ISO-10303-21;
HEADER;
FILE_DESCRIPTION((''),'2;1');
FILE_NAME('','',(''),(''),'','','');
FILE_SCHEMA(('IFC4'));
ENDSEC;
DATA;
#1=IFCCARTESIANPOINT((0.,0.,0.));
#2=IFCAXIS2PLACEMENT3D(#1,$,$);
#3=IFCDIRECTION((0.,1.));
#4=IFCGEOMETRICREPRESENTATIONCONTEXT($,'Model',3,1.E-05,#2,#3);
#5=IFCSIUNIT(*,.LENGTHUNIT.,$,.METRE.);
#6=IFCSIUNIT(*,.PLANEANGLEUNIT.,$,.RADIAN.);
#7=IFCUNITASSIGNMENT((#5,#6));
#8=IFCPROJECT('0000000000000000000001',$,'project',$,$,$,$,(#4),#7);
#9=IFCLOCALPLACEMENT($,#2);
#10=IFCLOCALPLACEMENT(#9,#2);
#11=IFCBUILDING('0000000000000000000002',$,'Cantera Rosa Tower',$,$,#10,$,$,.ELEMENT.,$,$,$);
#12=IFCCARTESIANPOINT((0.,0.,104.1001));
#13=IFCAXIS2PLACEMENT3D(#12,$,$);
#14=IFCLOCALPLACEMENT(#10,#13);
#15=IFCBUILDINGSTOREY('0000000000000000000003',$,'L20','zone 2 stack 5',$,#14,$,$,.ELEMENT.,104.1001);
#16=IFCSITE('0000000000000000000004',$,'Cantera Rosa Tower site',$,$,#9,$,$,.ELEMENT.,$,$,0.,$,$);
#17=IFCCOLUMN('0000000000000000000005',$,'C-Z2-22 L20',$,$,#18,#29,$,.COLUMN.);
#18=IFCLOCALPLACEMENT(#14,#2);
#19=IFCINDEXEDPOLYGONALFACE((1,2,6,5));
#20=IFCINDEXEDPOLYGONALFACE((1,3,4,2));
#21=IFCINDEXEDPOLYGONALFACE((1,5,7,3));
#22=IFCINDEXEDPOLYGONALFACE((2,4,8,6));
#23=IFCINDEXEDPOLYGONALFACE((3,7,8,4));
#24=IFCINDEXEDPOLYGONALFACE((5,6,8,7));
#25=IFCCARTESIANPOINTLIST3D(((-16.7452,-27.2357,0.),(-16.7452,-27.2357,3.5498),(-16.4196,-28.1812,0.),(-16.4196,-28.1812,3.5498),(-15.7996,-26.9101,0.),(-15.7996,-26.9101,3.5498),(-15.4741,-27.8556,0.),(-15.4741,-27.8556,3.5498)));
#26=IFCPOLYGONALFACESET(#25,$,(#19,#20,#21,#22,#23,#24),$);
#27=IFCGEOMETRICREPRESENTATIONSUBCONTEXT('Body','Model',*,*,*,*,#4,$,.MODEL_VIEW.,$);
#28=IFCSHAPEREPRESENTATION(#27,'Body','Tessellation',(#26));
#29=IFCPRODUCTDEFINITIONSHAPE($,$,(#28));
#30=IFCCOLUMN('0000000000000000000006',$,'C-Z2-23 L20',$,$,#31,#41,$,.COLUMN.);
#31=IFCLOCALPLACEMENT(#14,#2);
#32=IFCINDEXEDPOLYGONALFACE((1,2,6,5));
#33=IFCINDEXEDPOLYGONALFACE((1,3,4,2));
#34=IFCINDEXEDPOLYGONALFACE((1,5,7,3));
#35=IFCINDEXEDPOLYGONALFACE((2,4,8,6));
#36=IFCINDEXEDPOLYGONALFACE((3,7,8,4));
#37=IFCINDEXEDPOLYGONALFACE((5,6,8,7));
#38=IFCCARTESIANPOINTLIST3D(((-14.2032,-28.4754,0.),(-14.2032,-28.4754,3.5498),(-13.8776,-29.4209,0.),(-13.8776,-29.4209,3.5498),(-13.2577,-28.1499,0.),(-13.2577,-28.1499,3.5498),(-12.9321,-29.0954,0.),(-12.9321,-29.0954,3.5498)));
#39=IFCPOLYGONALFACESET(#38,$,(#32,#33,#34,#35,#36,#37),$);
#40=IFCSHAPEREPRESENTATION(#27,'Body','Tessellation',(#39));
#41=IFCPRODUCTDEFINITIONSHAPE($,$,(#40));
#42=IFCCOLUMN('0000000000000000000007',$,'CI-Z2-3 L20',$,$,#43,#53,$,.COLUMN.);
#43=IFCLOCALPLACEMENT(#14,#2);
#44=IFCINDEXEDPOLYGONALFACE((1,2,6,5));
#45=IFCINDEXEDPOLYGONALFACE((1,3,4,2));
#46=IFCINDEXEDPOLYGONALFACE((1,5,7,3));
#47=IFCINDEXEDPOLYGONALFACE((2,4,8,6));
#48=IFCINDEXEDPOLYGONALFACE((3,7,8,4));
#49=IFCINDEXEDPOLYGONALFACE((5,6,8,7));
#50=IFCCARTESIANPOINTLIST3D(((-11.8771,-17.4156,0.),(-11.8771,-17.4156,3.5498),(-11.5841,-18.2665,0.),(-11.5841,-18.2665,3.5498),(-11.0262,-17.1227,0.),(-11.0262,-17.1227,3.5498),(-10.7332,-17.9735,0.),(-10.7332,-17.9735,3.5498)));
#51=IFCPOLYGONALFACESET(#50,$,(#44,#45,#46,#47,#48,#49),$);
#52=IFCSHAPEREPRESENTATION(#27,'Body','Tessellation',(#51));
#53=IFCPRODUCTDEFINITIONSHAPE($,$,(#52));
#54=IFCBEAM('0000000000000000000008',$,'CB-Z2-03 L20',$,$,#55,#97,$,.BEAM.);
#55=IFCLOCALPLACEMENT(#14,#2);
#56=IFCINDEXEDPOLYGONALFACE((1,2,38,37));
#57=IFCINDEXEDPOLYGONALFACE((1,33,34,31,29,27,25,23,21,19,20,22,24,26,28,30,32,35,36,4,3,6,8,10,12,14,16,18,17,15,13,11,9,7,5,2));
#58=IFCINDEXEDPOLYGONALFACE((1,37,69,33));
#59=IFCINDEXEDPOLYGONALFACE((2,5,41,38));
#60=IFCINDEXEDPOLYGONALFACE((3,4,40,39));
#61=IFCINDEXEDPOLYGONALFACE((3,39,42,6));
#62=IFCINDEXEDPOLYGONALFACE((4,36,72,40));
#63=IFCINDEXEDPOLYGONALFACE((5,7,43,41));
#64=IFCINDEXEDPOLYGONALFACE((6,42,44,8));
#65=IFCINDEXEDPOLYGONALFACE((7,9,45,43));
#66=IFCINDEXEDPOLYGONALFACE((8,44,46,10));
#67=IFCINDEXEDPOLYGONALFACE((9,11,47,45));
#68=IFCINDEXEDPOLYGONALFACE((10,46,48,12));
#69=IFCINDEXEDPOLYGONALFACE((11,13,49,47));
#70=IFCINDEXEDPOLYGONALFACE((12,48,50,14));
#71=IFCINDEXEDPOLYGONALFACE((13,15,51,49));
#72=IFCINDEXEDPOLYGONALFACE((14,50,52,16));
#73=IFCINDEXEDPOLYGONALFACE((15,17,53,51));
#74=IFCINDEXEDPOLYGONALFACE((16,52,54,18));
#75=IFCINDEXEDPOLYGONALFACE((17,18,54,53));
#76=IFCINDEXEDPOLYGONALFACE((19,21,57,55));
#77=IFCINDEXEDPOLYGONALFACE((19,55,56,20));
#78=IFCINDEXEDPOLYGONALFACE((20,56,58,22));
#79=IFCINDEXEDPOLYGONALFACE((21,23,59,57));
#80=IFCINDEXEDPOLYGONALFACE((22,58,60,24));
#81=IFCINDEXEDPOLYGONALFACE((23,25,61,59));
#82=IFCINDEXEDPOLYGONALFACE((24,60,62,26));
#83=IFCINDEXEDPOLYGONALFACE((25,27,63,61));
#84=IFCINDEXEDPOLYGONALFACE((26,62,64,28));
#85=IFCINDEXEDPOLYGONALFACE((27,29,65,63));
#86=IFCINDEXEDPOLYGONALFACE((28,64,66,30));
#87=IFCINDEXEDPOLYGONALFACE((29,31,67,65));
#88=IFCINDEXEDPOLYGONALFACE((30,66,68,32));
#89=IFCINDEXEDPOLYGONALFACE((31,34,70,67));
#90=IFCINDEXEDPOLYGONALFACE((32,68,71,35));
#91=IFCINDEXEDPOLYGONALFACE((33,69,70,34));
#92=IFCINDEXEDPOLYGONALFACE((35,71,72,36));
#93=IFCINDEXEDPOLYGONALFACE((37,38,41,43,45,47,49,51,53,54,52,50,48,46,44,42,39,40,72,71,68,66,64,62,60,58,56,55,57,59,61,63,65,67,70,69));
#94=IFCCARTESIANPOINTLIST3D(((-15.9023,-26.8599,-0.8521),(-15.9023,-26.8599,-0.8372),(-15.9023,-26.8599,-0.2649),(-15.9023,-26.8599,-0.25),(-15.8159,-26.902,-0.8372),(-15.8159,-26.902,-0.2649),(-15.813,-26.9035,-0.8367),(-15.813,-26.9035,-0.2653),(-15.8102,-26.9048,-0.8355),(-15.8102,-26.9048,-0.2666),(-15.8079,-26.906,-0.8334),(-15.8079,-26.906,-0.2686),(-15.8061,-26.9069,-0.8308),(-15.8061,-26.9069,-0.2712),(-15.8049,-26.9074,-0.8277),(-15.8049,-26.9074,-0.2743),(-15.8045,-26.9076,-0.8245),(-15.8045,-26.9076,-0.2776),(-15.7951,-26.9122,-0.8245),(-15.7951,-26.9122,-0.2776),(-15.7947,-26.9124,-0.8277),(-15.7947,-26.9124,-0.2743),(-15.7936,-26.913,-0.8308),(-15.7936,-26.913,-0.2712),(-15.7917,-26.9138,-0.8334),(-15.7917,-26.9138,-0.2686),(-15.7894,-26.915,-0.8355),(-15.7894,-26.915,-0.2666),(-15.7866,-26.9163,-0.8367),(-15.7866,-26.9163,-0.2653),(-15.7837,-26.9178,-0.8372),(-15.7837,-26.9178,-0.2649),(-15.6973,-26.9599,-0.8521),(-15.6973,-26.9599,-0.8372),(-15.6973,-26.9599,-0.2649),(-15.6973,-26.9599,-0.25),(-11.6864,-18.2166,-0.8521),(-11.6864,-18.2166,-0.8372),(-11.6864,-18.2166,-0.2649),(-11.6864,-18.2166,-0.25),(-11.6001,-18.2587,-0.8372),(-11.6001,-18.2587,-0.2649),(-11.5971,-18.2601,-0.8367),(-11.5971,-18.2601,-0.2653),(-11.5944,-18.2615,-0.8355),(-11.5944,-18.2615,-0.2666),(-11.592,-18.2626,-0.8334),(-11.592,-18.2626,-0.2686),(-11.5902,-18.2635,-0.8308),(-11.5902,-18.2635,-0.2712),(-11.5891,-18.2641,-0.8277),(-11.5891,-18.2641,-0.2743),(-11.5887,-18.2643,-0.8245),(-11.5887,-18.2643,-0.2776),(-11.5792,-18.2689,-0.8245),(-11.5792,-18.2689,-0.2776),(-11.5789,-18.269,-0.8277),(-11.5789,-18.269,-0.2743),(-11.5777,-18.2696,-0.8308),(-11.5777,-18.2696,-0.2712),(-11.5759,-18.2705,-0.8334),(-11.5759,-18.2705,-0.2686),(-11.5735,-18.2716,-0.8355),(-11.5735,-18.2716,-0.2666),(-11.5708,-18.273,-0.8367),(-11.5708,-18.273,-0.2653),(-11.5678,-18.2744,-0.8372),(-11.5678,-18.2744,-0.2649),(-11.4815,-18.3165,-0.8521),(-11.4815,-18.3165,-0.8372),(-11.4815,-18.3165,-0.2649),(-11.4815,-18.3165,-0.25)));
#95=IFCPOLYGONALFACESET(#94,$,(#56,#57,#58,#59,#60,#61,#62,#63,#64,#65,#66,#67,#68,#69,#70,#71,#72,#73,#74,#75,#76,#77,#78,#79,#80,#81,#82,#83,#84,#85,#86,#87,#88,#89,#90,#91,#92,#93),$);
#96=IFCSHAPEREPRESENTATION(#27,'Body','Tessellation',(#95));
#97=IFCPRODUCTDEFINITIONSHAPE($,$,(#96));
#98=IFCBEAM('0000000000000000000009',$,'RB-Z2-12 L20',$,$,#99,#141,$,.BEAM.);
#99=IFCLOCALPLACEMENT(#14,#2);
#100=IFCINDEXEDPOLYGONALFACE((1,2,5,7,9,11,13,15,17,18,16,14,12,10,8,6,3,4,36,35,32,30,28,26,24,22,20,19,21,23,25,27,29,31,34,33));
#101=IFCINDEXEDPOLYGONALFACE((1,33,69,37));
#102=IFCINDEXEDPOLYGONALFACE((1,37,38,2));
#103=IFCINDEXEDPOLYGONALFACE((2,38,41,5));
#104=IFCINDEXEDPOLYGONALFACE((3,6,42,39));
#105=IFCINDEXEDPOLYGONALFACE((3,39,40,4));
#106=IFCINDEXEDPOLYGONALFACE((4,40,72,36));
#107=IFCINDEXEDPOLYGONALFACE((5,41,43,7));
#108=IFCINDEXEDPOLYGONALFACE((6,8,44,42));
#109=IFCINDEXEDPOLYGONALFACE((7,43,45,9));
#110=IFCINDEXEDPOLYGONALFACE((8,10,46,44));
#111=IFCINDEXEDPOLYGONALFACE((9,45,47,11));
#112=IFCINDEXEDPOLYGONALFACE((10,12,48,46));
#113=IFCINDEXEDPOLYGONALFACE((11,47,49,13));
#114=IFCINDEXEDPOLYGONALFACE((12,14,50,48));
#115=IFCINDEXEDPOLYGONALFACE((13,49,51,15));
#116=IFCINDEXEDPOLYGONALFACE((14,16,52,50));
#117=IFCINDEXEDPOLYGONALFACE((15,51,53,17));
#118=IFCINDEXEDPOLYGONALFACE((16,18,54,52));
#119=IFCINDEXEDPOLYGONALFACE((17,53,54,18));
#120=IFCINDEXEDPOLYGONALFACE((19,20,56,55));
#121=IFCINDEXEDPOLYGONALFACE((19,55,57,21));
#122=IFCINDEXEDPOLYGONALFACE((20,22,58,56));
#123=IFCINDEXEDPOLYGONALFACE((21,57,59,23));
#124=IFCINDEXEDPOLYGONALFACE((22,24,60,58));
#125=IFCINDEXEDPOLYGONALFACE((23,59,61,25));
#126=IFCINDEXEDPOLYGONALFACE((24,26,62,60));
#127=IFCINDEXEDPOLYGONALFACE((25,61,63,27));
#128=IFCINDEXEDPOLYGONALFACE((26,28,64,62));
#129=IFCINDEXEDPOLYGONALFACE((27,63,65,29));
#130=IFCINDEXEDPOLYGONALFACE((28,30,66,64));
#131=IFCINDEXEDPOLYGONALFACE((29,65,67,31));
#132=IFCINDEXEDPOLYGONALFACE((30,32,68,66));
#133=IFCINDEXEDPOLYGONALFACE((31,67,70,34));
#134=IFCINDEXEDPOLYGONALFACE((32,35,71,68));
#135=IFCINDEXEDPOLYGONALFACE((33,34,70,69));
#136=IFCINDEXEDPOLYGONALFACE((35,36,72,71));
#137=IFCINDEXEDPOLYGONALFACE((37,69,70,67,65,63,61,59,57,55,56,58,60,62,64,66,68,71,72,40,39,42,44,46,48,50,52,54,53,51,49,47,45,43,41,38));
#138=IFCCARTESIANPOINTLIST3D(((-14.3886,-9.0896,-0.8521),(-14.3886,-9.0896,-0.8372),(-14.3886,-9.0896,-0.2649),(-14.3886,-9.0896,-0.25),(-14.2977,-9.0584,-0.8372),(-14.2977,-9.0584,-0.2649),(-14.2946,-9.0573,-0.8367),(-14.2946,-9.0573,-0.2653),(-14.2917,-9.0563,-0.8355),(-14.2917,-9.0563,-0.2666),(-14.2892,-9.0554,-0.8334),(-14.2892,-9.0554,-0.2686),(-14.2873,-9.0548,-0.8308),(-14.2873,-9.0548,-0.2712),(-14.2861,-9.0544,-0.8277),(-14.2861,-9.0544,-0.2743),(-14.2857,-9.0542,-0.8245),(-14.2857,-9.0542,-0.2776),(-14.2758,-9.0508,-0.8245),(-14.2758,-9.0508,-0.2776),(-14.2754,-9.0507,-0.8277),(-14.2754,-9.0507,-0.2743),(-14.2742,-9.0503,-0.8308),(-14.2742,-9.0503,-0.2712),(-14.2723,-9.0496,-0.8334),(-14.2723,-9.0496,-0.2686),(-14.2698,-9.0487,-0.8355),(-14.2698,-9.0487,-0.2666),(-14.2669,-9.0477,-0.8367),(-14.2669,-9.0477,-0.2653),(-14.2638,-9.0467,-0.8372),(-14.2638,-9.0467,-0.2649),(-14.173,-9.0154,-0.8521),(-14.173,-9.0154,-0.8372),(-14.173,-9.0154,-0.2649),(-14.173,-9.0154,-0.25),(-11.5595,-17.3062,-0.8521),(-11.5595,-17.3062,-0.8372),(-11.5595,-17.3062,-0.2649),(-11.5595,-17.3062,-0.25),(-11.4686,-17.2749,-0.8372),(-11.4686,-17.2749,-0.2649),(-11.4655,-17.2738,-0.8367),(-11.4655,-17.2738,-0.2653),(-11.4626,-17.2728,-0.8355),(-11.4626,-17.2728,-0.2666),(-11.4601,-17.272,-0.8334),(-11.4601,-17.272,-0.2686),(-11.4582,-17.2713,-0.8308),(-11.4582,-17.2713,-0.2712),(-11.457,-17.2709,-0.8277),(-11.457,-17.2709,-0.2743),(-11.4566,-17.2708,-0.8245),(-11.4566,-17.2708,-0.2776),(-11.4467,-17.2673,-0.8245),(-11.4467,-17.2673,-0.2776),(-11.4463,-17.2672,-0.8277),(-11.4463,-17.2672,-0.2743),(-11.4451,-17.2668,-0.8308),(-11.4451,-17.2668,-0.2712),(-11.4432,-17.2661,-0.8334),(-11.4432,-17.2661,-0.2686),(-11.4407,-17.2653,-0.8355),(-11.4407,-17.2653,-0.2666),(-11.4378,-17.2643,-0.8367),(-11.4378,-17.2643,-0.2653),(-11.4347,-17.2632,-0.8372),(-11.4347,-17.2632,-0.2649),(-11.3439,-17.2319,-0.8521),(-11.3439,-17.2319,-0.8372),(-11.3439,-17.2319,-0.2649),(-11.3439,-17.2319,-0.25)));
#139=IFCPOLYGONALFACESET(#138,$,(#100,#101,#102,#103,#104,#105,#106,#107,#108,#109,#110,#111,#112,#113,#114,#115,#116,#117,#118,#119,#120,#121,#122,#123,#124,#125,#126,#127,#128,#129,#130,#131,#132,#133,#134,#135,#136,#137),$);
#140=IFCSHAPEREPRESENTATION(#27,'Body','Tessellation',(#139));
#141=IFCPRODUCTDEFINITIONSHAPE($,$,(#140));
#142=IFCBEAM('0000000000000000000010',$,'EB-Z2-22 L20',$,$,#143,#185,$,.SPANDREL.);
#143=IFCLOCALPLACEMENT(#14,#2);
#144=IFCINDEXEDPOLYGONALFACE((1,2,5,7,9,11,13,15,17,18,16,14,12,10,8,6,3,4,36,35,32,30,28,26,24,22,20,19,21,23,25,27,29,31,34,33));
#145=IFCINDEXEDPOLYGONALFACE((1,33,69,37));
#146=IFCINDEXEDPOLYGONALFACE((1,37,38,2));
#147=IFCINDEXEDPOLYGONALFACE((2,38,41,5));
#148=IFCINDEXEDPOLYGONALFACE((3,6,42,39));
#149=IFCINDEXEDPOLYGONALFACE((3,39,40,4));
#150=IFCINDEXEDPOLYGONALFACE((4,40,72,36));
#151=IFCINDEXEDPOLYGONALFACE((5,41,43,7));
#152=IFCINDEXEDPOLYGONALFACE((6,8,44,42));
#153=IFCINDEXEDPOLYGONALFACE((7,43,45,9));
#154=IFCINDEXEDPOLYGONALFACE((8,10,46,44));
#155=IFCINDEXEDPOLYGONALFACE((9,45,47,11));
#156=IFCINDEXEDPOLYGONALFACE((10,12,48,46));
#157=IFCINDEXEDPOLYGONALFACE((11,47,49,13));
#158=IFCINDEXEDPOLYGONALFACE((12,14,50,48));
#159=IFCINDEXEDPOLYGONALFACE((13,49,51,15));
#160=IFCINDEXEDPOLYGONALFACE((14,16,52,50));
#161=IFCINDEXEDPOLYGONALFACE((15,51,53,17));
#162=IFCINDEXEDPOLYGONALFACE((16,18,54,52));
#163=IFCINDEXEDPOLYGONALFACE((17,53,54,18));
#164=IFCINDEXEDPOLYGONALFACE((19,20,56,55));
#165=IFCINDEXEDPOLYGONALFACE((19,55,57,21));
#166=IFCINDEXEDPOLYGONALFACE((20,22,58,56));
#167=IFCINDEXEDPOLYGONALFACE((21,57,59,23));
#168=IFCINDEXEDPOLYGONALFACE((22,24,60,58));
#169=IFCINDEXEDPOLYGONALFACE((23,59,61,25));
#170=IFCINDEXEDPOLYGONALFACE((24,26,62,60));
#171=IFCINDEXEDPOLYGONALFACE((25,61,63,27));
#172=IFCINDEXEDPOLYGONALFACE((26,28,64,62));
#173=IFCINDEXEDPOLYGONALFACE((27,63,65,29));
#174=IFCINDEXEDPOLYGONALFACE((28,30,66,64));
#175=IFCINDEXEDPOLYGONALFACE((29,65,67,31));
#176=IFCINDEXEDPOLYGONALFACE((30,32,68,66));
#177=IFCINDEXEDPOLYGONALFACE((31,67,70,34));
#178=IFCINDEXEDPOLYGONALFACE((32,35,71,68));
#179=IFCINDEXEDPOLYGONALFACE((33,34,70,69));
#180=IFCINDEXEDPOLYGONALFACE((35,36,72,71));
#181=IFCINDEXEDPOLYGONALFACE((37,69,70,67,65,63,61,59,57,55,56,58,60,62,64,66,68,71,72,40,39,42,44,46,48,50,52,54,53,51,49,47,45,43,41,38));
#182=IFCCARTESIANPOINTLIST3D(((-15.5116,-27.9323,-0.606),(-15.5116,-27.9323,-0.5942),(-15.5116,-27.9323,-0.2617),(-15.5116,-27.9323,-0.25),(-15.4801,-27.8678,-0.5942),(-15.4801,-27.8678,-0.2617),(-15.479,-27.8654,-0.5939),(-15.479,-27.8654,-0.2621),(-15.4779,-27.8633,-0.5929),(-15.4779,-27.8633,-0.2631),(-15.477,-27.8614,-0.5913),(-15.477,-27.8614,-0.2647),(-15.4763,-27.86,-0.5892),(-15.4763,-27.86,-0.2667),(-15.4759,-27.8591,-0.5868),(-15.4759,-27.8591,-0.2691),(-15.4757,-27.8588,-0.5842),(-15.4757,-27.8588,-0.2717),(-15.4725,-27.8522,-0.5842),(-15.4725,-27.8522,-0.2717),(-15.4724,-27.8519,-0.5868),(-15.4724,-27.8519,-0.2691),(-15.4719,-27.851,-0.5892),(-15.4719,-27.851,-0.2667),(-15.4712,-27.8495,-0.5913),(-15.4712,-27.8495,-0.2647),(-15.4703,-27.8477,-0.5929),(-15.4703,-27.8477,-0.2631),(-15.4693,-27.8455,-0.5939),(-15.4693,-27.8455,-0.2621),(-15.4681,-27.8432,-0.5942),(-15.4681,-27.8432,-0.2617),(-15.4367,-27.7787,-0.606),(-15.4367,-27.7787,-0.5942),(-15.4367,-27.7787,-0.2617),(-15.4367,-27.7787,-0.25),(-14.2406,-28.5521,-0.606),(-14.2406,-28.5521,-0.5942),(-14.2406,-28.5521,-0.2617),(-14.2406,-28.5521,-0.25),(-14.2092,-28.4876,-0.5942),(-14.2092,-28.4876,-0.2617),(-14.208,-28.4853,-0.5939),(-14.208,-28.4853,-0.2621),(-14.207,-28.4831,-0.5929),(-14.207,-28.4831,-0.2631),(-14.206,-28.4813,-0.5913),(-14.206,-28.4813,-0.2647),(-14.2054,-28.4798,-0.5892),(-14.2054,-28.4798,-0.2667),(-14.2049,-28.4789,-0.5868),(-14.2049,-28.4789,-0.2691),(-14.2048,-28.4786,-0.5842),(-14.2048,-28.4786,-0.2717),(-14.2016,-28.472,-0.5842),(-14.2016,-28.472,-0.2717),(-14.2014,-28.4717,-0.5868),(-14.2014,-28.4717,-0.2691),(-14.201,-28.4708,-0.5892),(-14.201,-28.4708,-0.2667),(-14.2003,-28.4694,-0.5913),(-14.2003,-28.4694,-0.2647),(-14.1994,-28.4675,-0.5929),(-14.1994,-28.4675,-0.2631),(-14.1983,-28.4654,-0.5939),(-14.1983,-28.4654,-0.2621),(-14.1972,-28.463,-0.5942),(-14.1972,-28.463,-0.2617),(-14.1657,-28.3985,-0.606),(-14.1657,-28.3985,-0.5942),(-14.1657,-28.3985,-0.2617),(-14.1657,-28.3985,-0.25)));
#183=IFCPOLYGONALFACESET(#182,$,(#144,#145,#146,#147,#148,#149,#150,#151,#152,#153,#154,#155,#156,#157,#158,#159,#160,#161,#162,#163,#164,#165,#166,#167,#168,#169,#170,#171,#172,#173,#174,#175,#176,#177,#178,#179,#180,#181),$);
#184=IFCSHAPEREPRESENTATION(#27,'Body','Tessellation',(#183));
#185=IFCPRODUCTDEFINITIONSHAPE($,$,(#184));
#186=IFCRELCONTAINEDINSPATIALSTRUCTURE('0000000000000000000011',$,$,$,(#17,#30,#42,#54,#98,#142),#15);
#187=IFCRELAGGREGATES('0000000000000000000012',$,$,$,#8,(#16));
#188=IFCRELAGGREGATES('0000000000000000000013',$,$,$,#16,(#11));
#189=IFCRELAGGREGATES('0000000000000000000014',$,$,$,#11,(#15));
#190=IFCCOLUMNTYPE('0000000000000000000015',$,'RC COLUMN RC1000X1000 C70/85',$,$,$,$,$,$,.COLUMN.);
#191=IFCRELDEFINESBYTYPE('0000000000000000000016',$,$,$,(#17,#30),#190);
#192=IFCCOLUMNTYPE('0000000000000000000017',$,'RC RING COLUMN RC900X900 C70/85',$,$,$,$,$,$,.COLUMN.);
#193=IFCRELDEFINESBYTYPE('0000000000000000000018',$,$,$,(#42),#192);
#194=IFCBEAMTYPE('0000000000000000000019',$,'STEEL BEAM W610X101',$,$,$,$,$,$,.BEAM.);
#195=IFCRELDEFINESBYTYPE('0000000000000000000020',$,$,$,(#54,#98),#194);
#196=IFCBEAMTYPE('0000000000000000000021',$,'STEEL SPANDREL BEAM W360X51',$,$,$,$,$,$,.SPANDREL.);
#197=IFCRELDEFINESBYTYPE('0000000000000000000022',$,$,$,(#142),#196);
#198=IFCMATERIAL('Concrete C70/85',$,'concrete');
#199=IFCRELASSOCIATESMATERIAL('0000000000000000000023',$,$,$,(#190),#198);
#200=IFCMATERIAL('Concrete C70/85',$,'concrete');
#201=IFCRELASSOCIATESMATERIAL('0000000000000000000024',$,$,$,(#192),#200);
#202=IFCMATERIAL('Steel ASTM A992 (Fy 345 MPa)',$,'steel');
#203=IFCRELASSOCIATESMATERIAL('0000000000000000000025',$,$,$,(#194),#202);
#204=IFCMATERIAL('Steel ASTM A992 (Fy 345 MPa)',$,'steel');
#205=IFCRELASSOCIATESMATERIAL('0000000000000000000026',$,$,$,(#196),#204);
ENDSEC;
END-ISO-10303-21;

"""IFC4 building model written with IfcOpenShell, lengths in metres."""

from ifc_helpers import new_model, si_unit, direction, frame, origin, origin_2d, place, context, subcontext, project, spatial, rectangle, i_section, extrude, material, material_profile, profile_set, type_object, element, save


model = new_model("IFC4")

# Units and contexts
model_context = context("Model", 3, precision=1e-05, world=origin(), true_north=direction((0.0, 1.0)))
body_context = subcontext(model_context, "Body", "Model", "MODEL_VIEW")
ifc_project = project(units=[si_unit("LENGTHUNIT", "METRE"), si_unit("PLANEANGLEUNIT", "RADIAN")], contexts=[model_context])

# Site, building, storey
site_placement = place(None, origin())
site = spatial("IfcSite", under=ifc_project, at=site_placement, Name="Cantera Rosa Tower site", CompositionType="ELEMENT", RefElevation=0.0)
building_placement = place(site_placement, origin())
building = spatial("IfcBuilding", under=site, at=building_placement, Name="Cantera Rosa Tower", CompositionType="ELEMENT")
storey_placement = place(building_placement, frame((0.0, 0.0, 104.1001)))
storey = spatial("IfcBuildingStorey", under=building, at=storey_placement, Name="L20", Description="zone 2 stack 5", CompositionType="ELEMENT", Elevation=104.1001)

# Columns
ifc_material_1 = material(Name="Concrete C70/85", Category="concrete")
ifc_material_profile_1 = material_profile(ifc_material_1, rectangle(XDim=1.0, YDim=1.0, at=origin_2d()), Name="RC COLUMN RC1000X1000 C70/85")
ifc_profile_set_1 = profile_set([ifc_material_profile_1], Name="Concrete C70/85")
column_type_1 = type_object("IfcColumnType", Name="RC COLUMN RC1000X1000 C70/85", PredefinedType="COLUMN", material=ifc_profile_set_1)
for number, where, z_axis, x_axis, name in (
    (1, (-16.1096, -27.5457, 0.0), (0.0, 0.0, 1.0), (0.945519, 0.325568, 0.0), "C-Z2-22 L20"),
    (2, (-13.5676, -28.7854, 0.0), (0.0, 0.0, 1.0), (0.945519, 0.325568, 0.0), "C-Z2-23 L20"),
):
    element("IfcColumn", number, at=place(storey_placement, frame(where, z_axis=z_axis, x_axis=x_axis)), inside=storey, type_object=column_type_1, Name=name, PredefinedType="COLUMN", context=body_context, shape_type="SweptSolid", body=[
        extrude(rectangle(XDim=1.0, YDim=1.0, at=origin_2d()), origin(), (0.0, 0.0, 1.0), 3.5498),
    ])
ifc_material_2 = material(Name="Concrete C70/85", Category="concrete")
ifc_material_profile_2 = material_profile(ifc_material_2, rectangle(XDim=0.8999, YDim=0.8999, at=origin_2d()), Name="RC RING COLUMN RC900X900 C70/85")
ifc_profile_set_2 = profile_set([ifc_material_profile_2], Name="Concrete C70/85")
column_type_2 = type_object("IfcColumnType", Name="RC RING COLUMN RC900X900 C70/85", PredefinedType="COLUMN", material=ifc_profile_set_2)
column_placement = place(storey_placement, frame((-11.3052, -17.6946, 0.0), z_axis=(0.0, 0.0, 1.0), x_axis=(0.945519, 0.325568, 0.0)))
element("IfcColumn", 3, at=column_placement, inside=storey, type_object=column_type_2, Name="CI-Z2-3 L20", PredefinedType="COLUMN", context=body_context, shape_type="SweptSolid", body=[
    extrude(rectangle(XDim=0.8999, YDim=0.8999, at=origin_2d()), origin(), (0.0, 0.0, 1.0), 3.5498),
])

# Beams
ifc_material_3 = material(Name="Steel ASTM A992 (Fy 345 MPa)", Category="steel")
ifc_material_profile_3 = material_profile(ifc_material_3, i_section(OverallWidth=0.228, OverallDepth=0.6021, WebThickness=0.0105, FlangeThickness=0.0149, FilletRadius=0.0127, at=origin_2d()), Name="W610X101")
ifc_profile_set_3 = profile_set([ifc_material_profile_3], Name="Steel ASTM A992 (Fy 345 MPa)")
beam_type_1 = type_object("IfcBeamType", Name="STEEL BEAM W610X101", PredefinedType="BEAM", material=ifc_profile_set_3)
beam_1_placement = place(storey_placement, frame((-15.7998, -26.9099, -0.551), z_axis=(0.438388, 0.898786, 0.0), x_axis=(-0.898786, 0.438388, 0.0)))
element("IfcBeam", 4, at=beam_1_placement, inside=storey, type_object=beam_type_1, Name="CB-Z2-03 L20", PredefinedType="BEAM", context=body_context, shape_type="SweptSolid", body=[
    extrude(i_section(OverallWidth=0.228, OverallDepth=0.6021, WebThickness=0.0105, FlangeThickness=0.0149, FilletRadius=0.0127, at=origin_2d()), origin(), (0.0, 0.0, 1.0), 9.6167),
])
beam_2_placement = place(storey_placement, frame((-11.4517, -17.269, -0.551), z_axis=(-0.325559, 0.945522, 0.0), x_axis=(-0.945522, -0.325559, 0.0)))
element("IfcBeam", 5, at=beam_2_placement, inside=storey, type_object=beam_type_1, Name="RB-Z2-12 L20", PredefinedType="BEAM", context=body_context, shape_type="SweptSolid", body=[
    extrude(i_section(OverallWidth=0.228, OverallDepth=0.6021, WebThickness=0.0105, FlangeThickness=0.0149, FilletRadius=0.0127, at=origin_2d()), origin(), (0.0, 0.0, 1.0), 8.6899),
])
ifc_material_4 = material(Name="Steel ASTM A992 (Fy 345 MPa)", Category="steel")
ifc_material_profile_4 = material_profile(ifc_material_4, i_section(OverallWidth=0.1709, OverallDepth=0.356, WebThickness=0.0073, FlangeThickness=0.0117, FilletRadius=0.01, at=origin_2d()), Name="W360X51")
ifc_profile_set_4 = profile_set([ifc_material_profile_4], Name="Steel ASTM A992 (Fy 345 MPa)")
beam_type_2 = type_object("IfcBeamType", Name="STEEL SPANDREL BEAM W360X51", PredefinedType="SPANDREL", material=ifc_profile_set_4)
beam_3_placement = place(storey_placement, frame((-15.4741, -27.8555, -0.428), z_axis=(0.898803, -0.438352, 0.0), x_axis=(0.438352, 0.898803, 0.0)))
element("IfcBeam", 6, at=beam_3_placement, inside=storey, type_object=beam_type_2, Name="EB-Z2-22 L20", PredefinedType="SPANDREL", context=body_context, shape_type="SweptSolid", body=[
    extrude(i_section(OverallWidth=0.1709, OverallDepth=0.356, WebThickness=0.0073, FlangeThickness=0.0117, FilletRadius=0.01, at=origin_2d()), origin(), (0.0, 0.0, 1.0), 1.4141),
])

save(model, "model.ifc")
